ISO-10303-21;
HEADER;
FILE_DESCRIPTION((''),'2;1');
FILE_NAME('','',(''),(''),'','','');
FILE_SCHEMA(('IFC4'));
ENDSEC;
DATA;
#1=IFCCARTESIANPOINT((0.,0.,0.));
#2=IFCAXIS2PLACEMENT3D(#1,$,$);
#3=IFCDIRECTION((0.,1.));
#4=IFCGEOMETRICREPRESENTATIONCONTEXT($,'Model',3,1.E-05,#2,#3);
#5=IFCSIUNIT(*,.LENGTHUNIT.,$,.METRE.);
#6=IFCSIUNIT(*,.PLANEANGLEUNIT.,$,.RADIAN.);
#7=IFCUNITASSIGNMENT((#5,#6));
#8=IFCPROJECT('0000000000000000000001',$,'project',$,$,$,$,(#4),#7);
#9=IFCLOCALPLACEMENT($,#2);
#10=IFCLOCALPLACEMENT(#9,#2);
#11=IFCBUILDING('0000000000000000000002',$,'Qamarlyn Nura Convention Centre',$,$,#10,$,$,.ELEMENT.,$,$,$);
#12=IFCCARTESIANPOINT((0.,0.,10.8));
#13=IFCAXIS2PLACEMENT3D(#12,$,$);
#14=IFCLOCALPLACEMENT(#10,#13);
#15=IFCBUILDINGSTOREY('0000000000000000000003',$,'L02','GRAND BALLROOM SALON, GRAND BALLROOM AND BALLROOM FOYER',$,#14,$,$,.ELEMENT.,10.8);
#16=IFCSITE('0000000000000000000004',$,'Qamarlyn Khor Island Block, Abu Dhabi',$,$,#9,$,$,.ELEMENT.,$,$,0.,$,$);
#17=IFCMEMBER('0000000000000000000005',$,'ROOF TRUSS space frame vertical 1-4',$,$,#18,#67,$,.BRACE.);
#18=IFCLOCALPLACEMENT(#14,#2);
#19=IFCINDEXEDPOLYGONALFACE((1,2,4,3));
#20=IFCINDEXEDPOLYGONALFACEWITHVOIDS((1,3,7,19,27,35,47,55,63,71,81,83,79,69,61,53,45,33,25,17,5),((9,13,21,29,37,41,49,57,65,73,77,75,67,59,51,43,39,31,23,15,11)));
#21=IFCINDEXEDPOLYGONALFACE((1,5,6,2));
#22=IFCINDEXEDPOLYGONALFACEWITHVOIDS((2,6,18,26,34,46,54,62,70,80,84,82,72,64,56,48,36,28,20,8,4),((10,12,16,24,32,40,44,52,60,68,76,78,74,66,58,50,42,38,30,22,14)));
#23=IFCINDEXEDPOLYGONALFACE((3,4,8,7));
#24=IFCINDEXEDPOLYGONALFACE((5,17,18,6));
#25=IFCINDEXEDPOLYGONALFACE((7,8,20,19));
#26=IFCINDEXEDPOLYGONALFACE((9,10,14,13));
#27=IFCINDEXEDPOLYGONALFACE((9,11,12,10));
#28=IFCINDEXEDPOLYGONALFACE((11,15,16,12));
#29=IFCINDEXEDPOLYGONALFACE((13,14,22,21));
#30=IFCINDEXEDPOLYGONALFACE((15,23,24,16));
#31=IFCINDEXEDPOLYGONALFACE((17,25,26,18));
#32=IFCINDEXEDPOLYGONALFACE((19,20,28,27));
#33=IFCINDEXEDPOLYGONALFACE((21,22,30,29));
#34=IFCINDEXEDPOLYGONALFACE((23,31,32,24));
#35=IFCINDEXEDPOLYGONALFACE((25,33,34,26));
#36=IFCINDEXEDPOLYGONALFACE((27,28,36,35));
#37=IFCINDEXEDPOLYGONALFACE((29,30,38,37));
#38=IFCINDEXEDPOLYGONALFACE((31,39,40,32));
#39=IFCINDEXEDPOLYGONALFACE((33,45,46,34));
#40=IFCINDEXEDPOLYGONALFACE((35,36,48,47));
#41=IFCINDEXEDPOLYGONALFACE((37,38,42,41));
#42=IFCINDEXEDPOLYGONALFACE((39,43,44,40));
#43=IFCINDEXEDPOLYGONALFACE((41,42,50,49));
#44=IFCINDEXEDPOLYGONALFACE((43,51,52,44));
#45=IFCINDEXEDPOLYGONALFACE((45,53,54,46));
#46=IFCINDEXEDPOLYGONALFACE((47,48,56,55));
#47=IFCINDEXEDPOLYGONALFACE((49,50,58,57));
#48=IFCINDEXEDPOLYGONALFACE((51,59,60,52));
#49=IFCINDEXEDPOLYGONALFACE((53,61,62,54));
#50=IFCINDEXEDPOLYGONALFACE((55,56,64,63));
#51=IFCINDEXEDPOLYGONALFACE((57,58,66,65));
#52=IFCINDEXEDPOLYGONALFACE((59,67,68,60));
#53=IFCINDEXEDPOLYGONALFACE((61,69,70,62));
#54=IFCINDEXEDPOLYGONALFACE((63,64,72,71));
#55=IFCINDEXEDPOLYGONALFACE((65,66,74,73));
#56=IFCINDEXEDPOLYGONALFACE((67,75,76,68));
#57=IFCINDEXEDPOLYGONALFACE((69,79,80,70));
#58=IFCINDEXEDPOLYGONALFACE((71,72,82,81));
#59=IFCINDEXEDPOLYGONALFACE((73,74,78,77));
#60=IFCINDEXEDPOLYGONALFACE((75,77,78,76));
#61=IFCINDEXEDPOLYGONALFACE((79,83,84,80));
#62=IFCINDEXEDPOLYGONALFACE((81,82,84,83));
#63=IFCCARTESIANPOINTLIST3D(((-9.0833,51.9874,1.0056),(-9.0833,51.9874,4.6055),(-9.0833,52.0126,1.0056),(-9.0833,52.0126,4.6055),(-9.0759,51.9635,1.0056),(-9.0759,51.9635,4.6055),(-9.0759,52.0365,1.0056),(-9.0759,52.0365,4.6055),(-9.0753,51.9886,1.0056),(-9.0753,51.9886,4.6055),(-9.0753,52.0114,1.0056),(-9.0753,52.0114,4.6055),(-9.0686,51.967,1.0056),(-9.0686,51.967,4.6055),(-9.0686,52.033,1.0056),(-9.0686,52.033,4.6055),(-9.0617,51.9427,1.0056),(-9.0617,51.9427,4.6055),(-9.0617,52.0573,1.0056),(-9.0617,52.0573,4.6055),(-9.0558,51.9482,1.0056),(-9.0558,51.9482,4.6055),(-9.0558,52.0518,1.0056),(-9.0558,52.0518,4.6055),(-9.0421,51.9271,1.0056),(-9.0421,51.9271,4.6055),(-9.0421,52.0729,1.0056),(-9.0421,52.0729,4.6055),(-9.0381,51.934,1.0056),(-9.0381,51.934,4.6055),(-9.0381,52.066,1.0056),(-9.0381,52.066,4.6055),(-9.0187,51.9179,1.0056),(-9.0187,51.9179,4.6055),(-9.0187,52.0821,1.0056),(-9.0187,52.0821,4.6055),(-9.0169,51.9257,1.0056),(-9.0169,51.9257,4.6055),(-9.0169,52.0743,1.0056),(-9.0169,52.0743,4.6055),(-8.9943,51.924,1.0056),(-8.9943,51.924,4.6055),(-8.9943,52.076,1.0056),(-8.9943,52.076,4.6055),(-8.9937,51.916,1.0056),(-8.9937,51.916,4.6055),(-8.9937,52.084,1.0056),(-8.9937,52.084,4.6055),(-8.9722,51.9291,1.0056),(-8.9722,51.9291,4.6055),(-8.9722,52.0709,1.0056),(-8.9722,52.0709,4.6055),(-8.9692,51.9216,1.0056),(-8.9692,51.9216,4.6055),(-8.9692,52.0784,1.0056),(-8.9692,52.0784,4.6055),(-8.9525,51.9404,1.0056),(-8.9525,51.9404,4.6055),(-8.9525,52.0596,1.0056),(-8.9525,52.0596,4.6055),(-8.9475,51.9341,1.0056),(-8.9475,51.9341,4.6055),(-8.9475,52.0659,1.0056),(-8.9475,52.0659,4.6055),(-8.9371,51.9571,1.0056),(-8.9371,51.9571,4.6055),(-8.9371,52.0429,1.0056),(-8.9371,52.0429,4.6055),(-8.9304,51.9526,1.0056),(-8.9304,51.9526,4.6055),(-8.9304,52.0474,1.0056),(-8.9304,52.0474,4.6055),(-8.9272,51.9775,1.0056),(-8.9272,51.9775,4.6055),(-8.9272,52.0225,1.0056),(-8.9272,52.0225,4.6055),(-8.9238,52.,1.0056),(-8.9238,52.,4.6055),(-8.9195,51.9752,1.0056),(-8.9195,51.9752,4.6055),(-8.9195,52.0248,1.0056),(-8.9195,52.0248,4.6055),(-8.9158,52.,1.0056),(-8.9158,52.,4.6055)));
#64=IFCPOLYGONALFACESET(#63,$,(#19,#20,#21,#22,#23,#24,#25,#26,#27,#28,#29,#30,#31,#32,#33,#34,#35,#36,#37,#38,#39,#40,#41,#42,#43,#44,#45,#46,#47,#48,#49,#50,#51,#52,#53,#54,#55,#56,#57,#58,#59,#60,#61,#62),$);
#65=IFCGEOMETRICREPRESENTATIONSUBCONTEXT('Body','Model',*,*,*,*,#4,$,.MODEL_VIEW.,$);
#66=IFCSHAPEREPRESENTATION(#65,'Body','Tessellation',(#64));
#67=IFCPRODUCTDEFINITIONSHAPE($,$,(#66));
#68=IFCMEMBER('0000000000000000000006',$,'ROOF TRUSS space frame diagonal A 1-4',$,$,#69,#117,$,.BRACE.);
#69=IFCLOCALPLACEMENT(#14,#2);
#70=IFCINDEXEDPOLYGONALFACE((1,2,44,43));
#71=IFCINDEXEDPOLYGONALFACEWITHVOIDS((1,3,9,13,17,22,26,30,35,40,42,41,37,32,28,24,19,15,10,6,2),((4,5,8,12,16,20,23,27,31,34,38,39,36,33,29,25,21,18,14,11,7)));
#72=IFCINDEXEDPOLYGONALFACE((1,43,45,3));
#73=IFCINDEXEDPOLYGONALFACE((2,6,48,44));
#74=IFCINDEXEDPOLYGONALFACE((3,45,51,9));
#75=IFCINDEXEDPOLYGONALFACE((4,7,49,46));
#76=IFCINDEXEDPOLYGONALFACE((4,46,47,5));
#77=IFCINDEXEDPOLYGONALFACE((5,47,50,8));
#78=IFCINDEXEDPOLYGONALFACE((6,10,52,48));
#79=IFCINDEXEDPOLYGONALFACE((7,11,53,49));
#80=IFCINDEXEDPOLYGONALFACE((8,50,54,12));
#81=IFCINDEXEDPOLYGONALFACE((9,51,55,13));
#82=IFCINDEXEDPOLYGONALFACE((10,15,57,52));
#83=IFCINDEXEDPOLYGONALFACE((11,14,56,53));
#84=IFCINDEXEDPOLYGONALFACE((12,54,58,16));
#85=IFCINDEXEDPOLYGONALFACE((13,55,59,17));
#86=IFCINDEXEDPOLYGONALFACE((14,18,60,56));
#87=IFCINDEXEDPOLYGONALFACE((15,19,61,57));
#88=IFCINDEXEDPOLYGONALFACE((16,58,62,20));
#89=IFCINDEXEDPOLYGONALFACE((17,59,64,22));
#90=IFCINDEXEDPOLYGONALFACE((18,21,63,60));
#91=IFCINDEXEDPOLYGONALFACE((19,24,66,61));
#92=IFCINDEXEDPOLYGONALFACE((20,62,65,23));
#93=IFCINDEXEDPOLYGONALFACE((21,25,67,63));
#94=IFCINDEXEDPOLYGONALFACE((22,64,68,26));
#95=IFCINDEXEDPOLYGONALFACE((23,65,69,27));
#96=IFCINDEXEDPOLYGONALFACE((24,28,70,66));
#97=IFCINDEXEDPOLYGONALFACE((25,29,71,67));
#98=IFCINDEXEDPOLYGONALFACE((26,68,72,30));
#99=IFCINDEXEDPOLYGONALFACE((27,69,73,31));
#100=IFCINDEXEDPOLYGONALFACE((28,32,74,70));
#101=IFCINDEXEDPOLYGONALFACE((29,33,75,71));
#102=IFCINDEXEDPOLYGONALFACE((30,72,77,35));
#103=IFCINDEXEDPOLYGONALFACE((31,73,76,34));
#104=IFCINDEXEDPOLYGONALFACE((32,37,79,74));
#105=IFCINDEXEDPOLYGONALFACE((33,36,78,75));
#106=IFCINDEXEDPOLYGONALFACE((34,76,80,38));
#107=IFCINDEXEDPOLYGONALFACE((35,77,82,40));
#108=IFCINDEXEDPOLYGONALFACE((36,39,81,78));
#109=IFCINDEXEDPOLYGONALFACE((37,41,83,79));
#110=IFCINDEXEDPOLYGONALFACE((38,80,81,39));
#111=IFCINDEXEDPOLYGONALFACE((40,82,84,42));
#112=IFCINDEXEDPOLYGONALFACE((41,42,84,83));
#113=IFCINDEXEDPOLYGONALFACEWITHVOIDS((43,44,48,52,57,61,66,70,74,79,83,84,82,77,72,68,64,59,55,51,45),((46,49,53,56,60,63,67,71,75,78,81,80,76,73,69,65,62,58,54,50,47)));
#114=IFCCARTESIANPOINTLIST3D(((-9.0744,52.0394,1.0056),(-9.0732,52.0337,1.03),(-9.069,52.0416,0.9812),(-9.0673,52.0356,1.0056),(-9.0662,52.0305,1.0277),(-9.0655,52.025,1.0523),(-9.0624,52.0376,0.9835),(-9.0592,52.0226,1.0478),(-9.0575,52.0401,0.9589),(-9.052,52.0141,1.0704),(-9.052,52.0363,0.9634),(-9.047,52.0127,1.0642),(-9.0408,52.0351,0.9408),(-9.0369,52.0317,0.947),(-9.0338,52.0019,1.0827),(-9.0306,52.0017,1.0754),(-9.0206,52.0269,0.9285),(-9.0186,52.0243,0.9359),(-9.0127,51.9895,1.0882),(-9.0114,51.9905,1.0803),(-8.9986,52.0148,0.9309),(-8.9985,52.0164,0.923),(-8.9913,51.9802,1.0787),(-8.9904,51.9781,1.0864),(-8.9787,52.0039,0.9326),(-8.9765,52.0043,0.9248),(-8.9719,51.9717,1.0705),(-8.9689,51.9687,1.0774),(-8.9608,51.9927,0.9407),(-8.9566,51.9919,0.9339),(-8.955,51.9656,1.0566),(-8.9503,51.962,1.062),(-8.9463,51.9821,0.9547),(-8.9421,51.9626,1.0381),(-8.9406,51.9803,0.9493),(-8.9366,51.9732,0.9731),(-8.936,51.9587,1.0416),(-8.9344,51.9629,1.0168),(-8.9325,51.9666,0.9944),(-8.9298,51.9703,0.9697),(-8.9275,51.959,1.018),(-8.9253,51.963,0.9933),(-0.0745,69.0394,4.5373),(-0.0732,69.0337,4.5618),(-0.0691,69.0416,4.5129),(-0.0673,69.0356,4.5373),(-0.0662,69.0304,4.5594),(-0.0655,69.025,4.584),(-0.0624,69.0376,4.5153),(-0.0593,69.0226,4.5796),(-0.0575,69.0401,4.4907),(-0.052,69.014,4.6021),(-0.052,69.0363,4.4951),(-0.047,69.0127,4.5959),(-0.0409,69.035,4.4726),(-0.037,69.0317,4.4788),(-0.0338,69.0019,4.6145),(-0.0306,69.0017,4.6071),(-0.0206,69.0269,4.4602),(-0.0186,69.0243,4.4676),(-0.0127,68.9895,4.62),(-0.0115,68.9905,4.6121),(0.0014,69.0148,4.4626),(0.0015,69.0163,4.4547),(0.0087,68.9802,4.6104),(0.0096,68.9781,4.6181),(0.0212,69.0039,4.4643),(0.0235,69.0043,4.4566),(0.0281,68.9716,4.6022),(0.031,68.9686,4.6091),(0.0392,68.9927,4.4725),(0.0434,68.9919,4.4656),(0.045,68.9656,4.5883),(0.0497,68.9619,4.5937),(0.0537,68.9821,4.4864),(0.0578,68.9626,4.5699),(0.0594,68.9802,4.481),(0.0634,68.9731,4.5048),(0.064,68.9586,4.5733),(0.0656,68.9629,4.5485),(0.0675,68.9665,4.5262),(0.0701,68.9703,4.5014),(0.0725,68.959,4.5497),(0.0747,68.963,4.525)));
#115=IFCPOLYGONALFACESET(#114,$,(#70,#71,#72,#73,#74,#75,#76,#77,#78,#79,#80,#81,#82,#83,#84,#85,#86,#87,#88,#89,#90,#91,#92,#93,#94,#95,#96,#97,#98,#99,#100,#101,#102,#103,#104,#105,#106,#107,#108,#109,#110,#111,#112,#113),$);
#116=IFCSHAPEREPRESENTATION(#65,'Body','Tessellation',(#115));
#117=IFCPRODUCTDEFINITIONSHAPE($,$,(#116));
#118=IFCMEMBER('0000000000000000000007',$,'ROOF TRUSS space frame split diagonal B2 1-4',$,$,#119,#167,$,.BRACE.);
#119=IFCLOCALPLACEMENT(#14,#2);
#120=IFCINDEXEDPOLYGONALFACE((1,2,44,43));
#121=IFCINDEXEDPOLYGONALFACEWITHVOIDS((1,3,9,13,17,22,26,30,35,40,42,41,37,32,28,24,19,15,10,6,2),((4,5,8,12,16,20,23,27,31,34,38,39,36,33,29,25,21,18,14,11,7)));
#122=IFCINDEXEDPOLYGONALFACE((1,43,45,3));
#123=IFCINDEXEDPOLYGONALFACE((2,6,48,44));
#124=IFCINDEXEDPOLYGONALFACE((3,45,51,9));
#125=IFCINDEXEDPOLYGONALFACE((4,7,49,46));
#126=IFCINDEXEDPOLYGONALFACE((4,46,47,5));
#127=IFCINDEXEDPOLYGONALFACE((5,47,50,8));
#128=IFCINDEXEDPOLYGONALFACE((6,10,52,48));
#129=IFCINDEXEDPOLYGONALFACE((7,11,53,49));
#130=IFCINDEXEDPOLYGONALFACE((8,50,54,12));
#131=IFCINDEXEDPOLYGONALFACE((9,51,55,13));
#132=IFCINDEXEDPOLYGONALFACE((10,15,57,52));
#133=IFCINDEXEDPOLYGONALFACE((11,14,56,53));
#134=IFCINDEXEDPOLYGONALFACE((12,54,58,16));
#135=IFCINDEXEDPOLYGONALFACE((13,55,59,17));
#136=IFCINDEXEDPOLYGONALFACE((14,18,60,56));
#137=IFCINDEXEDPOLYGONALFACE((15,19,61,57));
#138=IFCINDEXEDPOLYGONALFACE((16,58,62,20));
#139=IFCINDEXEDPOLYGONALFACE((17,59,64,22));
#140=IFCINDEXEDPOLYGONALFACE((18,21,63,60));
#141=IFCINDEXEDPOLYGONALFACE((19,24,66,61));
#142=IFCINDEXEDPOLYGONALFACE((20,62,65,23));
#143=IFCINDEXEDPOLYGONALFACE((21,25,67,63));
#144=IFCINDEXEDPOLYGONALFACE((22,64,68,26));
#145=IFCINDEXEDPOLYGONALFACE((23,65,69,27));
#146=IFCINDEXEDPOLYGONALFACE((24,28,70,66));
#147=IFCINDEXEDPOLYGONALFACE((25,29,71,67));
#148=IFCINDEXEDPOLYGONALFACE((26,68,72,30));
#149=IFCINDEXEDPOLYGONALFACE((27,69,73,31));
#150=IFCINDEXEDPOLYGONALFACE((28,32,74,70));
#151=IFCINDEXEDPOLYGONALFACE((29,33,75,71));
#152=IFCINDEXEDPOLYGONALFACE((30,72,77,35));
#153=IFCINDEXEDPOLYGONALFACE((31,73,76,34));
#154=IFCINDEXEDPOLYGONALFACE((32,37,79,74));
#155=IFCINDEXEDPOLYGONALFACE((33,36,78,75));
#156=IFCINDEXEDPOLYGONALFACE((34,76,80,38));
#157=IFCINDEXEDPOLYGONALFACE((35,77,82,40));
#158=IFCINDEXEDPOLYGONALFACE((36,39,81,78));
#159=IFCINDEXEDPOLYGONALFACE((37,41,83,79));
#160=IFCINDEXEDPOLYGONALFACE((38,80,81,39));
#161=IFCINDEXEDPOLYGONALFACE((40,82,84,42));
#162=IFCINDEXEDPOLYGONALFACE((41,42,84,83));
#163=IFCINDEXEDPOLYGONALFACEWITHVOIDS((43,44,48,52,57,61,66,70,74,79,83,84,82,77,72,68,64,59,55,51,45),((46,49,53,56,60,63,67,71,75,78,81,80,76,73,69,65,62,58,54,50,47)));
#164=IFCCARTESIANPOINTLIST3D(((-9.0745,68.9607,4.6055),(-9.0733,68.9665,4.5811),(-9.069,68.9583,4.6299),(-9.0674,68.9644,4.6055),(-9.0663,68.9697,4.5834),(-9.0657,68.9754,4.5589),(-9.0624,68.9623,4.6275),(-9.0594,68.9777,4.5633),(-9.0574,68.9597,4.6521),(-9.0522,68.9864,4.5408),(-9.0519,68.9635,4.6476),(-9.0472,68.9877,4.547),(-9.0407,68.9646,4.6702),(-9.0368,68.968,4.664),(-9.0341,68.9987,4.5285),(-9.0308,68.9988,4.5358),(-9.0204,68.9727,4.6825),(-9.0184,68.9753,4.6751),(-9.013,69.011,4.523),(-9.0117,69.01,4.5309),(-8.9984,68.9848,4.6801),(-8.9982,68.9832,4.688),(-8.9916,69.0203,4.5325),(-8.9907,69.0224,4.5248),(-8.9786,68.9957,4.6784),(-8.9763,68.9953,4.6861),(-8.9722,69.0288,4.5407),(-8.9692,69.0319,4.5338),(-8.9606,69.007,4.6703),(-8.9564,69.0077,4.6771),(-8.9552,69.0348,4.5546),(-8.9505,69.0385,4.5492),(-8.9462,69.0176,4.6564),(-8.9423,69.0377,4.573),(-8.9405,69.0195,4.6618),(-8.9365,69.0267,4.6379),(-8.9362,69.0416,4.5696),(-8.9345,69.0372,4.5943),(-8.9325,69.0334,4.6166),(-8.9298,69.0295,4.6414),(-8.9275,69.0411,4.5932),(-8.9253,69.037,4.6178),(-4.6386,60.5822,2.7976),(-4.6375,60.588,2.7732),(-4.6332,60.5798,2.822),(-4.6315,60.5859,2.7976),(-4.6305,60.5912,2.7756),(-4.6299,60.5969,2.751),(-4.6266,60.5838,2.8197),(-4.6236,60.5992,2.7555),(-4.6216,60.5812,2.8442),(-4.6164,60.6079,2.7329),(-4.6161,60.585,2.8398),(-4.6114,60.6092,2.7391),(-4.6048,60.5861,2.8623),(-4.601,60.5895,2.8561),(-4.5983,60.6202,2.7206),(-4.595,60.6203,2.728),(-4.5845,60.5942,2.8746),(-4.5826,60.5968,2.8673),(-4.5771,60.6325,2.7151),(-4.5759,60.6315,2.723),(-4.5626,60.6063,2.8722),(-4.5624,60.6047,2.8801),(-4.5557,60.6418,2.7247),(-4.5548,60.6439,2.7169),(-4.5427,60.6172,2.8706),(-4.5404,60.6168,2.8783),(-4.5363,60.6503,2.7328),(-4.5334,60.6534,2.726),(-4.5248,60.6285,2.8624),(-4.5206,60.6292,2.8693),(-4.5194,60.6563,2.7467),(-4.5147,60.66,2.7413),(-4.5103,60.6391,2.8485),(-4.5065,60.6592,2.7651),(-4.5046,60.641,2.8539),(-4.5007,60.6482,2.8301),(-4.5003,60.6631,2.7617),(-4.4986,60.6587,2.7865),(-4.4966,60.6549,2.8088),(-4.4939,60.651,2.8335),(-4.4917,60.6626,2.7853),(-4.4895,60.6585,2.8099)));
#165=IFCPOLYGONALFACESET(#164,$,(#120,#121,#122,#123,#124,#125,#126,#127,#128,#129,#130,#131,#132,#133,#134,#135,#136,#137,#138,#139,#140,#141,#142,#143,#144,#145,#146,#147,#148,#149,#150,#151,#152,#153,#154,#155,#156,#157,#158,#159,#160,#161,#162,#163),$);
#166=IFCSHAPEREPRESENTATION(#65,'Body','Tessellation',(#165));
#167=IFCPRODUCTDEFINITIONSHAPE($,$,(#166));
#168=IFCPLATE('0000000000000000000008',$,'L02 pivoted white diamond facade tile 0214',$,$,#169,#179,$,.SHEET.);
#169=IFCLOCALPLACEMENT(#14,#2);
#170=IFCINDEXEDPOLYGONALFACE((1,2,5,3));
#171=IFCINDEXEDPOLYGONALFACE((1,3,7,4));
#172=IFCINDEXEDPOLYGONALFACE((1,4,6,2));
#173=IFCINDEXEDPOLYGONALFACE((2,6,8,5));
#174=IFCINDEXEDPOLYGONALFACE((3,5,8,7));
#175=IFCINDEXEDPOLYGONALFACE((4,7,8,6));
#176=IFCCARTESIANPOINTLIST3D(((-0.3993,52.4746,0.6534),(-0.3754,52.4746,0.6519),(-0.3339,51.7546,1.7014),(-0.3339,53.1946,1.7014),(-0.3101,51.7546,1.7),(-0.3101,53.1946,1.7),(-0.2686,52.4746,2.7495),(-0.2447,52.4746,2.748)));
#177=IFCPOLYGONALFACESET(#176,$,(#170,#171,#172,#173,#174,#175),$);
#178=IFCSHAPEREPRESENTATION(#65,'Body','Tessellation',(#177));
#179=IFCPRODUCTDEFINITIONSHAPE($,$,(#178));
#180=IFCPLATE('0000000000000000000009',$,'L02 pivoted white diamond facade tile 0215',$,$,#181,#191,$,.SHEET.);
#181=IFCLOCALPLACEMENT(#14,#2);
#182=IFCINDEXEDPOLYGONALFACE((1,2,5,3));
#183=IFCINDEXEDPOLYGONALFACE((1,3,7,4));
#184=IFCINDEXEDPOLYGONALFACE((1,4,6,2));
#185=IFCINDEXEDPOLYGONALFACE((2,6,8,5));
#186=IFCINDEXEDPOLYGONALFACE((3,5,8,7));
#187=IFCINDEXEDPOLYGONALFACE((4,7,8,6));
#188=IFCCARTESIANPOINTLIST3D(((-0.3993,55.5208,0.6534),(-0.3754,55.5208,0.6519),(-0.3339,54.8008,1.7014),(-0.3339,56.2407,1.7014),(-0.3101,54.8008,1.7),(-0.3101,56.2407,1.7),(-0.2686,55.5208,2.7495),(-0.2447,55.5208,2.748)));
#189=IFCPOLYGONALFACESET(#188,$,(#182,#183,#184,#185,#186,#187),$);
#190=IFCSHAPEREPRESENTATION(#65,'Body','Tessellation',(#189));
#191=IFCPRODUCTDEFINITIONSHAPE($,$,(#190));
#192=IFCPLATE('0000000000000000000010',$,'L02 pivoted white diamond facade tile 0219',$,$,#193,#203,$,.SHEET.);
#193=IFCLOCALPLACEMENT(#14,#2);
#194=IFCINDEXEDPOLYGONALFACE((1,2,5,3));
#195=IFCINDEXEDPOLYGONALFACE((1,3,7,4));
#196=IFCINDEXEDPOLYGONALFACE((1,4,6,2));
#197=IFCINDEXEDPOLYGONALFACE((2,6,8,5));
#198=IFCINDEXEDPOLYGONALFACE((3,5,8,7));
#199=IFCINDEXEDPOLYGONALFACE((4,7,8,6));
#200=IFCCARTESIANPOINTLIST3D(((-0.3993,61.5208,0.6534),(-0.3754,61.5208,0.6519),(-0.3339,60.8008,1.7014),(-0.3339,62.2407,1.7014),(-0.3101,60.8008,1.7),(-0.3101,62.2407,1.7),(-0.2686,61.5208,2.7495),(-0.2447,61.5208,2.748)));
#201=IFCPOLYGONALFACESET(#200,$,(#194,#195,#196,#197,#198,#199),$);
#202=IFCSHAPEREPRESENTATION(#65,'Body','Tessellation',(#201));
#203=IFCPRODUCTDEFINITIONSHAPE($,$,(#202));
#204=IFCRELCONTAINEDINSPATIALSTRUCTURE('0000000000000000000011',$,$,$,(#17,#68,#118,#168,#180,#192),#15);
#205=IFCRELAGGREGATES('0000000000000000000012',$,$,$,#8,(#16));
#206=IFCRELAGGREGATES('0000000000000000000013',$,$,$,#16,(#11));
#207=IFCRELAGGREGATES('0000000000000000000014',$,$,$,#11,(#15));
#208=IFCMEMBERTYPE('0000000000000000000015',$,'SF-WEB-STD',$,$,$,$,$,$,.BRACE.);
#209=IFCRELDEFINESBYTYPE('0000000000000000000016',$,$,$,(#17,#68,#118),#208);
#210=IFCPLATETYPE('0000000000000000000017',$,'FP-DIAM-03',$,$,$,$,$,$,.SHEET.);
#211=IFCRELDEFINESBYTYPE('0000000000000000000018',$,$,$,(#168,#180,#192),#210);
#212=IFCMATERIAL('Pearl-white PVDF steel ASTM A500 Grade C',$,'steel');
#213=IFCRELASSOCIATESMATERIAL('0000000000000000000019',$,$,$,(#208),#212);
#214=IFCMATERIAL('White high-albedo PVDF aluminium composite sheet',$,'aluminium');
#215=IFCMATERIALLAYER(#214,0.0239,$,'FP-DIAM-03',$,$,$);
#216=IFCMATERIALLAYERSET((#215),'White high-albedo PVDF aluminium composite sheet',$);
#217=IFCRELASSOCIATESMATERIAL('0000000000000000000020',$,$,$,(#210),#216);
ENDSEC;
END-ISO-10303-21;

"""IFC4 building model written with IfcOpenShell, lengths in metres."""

from ifc_helpers import new_model, si_unit, direction, frame, origin, origin_2d, place, context, subcontext, project, spatial, polyline, hollow_circle, outline, extrude, material, layer, layer_set, material_profile, profile_set, type_object, element, save


model = new_model("IFC4")

# Units and contexts
model_context = context("Model", 3, precision=1e-05, world=origin(), true_north=direction((0.0, 1.0)))
body_context = subcontext(model_context, "Body", "Model", "MODEL_VIEW")
ifc_project = project(units=[si_unit("LENGTHUNIT", "METRE"), si_unit("PLANEANGLEUNIT", "RADIAN")], contexts=[model_context])

# Site, building, storey
site_placement = place(None, origin())
site = spatial("IfcSite", under=ifc_project, at=site_placement, Name="Qamarlyn Khor Island Block, Abu Dhabi", CompositionType="ELEMENT", RefElevation=0.0)
building_placement = place(site_placement, origin())
building = spatial("IfcBuilding", under=site, at=building_placement, Name="Qamarlyn Nura Convention Centre", CompositionType="ELEMENT")
storey_placement = place(building_placement, frame((0.0, 0.0, 10.8)))
storey = spatial("IfcBuildingStorey", under=building, at=storey_placement, Name="L02", Description="GRAND BALLROOM SALON, GRAND BALLROOM AND BALLROOM FOYER", CompositionType="ELEMENT", Elevation=10.8)

# Members
ifc_material_1 = material(Name="Pearl-white PVDF steel ASTM A500 Grade C", Category="steel")
ifc_material_profile_1 = material_profile(ifc_material_1, hollow_circle(Radius=0.0842, WallThickness=0.0081, at=origin_2d()), Name="CHS168.3X8")
ifc_profile_set_1 = profile_set([ifc_material_profile_1], Name="Pearl-white PVDF steel ASTM A500 Grade C")
member_type_1 = type_object("IfcMemberType", Name="SF-WEB-STD", PredefinedType="BRACE", material=ifc_profile_set_1)
member_1_placement = place(storey_placement, frame((-9.0, 52.0, 1.0056), z_axis=(0.0, 0.0, 1.0), x_axis=(1.0, 0.0, 0.0)))
element("IfcMember", 1, at=member_1_placement, inside=storey, type_object=member_type_1, Name="ROOF TRUSS space frame vertical 1-4", PredefinedType="BRACE", context=body_context, shape_type="SweptSolid", body=[
    extrude(hollow_circle(Radius=0.0842, WallThickness=0.0081, at=origin_2d()), origin(), (0.0, 0.0, 1.0), 3.5999),
])
member_2_placement = place(storey_placement, frame((-9.0, 52.0, 1.0056), z_axis=(0.460195, 0.869257, 0.180588), x_axis=(-0.883788, 0.467888, 0.0)))
element("IfcMember", 2, at=member_2_placement, inside=storey, type_object=member_type_1, Name="ROOF TRUSS space frame diagonal A 1-4", PredefinedType="BRACE", context=body_context, shape_type="SweptSolid", body=[
    extrude(hollow_circle(Radius=0.0842, WallThickness=0.0081, at=origin_2d()), origin(), (0.0, 0.0, 1.0), 19.5569),
])
member_3_placement = place(storey_placement, frame((-4.5642, 60.6216, 2.7976), z_axis=(-0.459618, 0.868137, 0.187323), x_axis=(-0.883781, -0.467901, 0.0)))
element("IfcMember", 3, at=member_3_placement, inside=storey, type_object=member_type_1, Name="ROOF TRUSS space frame split diagonal B2 1-4", PredefinedType="BRACE", context=body_context, shape_type="SweptSolid", body=[
    extrude(hollow_circle(Radius=0.0842, WallThickness=0.0081, at=origin_2d()), origin(), (0.0, 0.0, 1.0), 9.6511),
])

# Plates
ifc_material_2 = material(Name="White high-albedo PVDF aluminium composite sheet", Category="aluminium")
ifc_layer_1 = layer(ifc_material_2, 0.0239, Name="FP-DIAM-03")
ifc_layer_set_1 = layer_set([ifc_layer_1], Name="White high-albedo PVDF aluminium composite sheet")
plate_type_1 = type_object("IfcPlateType", Name="FP-DIAM-03", PredefinedType="SHEET", material=ifc_layer_set_1)
for number, where, z_axis, x_axis, name in (
    (4, (-0.3101, 52.4746, 1.7), (-0.998059, 0.0, 0.062268), (0.0, -1.0, 0.0), "L02 pivoted white diamond facade tile 0214"),
    (5, (-0.3101, 55.5208, 1.7), (-0.998059, 0.0, 0.062268), (0.0, -1.0, 0.0), "L02 pivoted white diamond facade tile 0215"),
    (6, (-0.3101, 61.5208, 1.7), (-0.998059, 0.0, 0.062268), (0.0, -1.0, 0.0), "L02 pivoted white diamond facade tile 0219"),
):
    element("IfcPlate", number, at=place(storey_placement, frame(where, z_axis=z_axis, x_axis=x_axis)), inside=storey, type_object=plate_type_1, Name=name, PredefinedType="SHEET", context=body_context, shape_type="SweptSolid", body=[
        extrude(outline(polyline([(-0.72, 0.0), (0.0, -1.05), (0.72, 0.0), (0.0, 1.05), (-0.72, 0.0)])), origin(), (0.0, 0.0, 1.0), 0.0239),
    ])

save(model, "model.ifc")
